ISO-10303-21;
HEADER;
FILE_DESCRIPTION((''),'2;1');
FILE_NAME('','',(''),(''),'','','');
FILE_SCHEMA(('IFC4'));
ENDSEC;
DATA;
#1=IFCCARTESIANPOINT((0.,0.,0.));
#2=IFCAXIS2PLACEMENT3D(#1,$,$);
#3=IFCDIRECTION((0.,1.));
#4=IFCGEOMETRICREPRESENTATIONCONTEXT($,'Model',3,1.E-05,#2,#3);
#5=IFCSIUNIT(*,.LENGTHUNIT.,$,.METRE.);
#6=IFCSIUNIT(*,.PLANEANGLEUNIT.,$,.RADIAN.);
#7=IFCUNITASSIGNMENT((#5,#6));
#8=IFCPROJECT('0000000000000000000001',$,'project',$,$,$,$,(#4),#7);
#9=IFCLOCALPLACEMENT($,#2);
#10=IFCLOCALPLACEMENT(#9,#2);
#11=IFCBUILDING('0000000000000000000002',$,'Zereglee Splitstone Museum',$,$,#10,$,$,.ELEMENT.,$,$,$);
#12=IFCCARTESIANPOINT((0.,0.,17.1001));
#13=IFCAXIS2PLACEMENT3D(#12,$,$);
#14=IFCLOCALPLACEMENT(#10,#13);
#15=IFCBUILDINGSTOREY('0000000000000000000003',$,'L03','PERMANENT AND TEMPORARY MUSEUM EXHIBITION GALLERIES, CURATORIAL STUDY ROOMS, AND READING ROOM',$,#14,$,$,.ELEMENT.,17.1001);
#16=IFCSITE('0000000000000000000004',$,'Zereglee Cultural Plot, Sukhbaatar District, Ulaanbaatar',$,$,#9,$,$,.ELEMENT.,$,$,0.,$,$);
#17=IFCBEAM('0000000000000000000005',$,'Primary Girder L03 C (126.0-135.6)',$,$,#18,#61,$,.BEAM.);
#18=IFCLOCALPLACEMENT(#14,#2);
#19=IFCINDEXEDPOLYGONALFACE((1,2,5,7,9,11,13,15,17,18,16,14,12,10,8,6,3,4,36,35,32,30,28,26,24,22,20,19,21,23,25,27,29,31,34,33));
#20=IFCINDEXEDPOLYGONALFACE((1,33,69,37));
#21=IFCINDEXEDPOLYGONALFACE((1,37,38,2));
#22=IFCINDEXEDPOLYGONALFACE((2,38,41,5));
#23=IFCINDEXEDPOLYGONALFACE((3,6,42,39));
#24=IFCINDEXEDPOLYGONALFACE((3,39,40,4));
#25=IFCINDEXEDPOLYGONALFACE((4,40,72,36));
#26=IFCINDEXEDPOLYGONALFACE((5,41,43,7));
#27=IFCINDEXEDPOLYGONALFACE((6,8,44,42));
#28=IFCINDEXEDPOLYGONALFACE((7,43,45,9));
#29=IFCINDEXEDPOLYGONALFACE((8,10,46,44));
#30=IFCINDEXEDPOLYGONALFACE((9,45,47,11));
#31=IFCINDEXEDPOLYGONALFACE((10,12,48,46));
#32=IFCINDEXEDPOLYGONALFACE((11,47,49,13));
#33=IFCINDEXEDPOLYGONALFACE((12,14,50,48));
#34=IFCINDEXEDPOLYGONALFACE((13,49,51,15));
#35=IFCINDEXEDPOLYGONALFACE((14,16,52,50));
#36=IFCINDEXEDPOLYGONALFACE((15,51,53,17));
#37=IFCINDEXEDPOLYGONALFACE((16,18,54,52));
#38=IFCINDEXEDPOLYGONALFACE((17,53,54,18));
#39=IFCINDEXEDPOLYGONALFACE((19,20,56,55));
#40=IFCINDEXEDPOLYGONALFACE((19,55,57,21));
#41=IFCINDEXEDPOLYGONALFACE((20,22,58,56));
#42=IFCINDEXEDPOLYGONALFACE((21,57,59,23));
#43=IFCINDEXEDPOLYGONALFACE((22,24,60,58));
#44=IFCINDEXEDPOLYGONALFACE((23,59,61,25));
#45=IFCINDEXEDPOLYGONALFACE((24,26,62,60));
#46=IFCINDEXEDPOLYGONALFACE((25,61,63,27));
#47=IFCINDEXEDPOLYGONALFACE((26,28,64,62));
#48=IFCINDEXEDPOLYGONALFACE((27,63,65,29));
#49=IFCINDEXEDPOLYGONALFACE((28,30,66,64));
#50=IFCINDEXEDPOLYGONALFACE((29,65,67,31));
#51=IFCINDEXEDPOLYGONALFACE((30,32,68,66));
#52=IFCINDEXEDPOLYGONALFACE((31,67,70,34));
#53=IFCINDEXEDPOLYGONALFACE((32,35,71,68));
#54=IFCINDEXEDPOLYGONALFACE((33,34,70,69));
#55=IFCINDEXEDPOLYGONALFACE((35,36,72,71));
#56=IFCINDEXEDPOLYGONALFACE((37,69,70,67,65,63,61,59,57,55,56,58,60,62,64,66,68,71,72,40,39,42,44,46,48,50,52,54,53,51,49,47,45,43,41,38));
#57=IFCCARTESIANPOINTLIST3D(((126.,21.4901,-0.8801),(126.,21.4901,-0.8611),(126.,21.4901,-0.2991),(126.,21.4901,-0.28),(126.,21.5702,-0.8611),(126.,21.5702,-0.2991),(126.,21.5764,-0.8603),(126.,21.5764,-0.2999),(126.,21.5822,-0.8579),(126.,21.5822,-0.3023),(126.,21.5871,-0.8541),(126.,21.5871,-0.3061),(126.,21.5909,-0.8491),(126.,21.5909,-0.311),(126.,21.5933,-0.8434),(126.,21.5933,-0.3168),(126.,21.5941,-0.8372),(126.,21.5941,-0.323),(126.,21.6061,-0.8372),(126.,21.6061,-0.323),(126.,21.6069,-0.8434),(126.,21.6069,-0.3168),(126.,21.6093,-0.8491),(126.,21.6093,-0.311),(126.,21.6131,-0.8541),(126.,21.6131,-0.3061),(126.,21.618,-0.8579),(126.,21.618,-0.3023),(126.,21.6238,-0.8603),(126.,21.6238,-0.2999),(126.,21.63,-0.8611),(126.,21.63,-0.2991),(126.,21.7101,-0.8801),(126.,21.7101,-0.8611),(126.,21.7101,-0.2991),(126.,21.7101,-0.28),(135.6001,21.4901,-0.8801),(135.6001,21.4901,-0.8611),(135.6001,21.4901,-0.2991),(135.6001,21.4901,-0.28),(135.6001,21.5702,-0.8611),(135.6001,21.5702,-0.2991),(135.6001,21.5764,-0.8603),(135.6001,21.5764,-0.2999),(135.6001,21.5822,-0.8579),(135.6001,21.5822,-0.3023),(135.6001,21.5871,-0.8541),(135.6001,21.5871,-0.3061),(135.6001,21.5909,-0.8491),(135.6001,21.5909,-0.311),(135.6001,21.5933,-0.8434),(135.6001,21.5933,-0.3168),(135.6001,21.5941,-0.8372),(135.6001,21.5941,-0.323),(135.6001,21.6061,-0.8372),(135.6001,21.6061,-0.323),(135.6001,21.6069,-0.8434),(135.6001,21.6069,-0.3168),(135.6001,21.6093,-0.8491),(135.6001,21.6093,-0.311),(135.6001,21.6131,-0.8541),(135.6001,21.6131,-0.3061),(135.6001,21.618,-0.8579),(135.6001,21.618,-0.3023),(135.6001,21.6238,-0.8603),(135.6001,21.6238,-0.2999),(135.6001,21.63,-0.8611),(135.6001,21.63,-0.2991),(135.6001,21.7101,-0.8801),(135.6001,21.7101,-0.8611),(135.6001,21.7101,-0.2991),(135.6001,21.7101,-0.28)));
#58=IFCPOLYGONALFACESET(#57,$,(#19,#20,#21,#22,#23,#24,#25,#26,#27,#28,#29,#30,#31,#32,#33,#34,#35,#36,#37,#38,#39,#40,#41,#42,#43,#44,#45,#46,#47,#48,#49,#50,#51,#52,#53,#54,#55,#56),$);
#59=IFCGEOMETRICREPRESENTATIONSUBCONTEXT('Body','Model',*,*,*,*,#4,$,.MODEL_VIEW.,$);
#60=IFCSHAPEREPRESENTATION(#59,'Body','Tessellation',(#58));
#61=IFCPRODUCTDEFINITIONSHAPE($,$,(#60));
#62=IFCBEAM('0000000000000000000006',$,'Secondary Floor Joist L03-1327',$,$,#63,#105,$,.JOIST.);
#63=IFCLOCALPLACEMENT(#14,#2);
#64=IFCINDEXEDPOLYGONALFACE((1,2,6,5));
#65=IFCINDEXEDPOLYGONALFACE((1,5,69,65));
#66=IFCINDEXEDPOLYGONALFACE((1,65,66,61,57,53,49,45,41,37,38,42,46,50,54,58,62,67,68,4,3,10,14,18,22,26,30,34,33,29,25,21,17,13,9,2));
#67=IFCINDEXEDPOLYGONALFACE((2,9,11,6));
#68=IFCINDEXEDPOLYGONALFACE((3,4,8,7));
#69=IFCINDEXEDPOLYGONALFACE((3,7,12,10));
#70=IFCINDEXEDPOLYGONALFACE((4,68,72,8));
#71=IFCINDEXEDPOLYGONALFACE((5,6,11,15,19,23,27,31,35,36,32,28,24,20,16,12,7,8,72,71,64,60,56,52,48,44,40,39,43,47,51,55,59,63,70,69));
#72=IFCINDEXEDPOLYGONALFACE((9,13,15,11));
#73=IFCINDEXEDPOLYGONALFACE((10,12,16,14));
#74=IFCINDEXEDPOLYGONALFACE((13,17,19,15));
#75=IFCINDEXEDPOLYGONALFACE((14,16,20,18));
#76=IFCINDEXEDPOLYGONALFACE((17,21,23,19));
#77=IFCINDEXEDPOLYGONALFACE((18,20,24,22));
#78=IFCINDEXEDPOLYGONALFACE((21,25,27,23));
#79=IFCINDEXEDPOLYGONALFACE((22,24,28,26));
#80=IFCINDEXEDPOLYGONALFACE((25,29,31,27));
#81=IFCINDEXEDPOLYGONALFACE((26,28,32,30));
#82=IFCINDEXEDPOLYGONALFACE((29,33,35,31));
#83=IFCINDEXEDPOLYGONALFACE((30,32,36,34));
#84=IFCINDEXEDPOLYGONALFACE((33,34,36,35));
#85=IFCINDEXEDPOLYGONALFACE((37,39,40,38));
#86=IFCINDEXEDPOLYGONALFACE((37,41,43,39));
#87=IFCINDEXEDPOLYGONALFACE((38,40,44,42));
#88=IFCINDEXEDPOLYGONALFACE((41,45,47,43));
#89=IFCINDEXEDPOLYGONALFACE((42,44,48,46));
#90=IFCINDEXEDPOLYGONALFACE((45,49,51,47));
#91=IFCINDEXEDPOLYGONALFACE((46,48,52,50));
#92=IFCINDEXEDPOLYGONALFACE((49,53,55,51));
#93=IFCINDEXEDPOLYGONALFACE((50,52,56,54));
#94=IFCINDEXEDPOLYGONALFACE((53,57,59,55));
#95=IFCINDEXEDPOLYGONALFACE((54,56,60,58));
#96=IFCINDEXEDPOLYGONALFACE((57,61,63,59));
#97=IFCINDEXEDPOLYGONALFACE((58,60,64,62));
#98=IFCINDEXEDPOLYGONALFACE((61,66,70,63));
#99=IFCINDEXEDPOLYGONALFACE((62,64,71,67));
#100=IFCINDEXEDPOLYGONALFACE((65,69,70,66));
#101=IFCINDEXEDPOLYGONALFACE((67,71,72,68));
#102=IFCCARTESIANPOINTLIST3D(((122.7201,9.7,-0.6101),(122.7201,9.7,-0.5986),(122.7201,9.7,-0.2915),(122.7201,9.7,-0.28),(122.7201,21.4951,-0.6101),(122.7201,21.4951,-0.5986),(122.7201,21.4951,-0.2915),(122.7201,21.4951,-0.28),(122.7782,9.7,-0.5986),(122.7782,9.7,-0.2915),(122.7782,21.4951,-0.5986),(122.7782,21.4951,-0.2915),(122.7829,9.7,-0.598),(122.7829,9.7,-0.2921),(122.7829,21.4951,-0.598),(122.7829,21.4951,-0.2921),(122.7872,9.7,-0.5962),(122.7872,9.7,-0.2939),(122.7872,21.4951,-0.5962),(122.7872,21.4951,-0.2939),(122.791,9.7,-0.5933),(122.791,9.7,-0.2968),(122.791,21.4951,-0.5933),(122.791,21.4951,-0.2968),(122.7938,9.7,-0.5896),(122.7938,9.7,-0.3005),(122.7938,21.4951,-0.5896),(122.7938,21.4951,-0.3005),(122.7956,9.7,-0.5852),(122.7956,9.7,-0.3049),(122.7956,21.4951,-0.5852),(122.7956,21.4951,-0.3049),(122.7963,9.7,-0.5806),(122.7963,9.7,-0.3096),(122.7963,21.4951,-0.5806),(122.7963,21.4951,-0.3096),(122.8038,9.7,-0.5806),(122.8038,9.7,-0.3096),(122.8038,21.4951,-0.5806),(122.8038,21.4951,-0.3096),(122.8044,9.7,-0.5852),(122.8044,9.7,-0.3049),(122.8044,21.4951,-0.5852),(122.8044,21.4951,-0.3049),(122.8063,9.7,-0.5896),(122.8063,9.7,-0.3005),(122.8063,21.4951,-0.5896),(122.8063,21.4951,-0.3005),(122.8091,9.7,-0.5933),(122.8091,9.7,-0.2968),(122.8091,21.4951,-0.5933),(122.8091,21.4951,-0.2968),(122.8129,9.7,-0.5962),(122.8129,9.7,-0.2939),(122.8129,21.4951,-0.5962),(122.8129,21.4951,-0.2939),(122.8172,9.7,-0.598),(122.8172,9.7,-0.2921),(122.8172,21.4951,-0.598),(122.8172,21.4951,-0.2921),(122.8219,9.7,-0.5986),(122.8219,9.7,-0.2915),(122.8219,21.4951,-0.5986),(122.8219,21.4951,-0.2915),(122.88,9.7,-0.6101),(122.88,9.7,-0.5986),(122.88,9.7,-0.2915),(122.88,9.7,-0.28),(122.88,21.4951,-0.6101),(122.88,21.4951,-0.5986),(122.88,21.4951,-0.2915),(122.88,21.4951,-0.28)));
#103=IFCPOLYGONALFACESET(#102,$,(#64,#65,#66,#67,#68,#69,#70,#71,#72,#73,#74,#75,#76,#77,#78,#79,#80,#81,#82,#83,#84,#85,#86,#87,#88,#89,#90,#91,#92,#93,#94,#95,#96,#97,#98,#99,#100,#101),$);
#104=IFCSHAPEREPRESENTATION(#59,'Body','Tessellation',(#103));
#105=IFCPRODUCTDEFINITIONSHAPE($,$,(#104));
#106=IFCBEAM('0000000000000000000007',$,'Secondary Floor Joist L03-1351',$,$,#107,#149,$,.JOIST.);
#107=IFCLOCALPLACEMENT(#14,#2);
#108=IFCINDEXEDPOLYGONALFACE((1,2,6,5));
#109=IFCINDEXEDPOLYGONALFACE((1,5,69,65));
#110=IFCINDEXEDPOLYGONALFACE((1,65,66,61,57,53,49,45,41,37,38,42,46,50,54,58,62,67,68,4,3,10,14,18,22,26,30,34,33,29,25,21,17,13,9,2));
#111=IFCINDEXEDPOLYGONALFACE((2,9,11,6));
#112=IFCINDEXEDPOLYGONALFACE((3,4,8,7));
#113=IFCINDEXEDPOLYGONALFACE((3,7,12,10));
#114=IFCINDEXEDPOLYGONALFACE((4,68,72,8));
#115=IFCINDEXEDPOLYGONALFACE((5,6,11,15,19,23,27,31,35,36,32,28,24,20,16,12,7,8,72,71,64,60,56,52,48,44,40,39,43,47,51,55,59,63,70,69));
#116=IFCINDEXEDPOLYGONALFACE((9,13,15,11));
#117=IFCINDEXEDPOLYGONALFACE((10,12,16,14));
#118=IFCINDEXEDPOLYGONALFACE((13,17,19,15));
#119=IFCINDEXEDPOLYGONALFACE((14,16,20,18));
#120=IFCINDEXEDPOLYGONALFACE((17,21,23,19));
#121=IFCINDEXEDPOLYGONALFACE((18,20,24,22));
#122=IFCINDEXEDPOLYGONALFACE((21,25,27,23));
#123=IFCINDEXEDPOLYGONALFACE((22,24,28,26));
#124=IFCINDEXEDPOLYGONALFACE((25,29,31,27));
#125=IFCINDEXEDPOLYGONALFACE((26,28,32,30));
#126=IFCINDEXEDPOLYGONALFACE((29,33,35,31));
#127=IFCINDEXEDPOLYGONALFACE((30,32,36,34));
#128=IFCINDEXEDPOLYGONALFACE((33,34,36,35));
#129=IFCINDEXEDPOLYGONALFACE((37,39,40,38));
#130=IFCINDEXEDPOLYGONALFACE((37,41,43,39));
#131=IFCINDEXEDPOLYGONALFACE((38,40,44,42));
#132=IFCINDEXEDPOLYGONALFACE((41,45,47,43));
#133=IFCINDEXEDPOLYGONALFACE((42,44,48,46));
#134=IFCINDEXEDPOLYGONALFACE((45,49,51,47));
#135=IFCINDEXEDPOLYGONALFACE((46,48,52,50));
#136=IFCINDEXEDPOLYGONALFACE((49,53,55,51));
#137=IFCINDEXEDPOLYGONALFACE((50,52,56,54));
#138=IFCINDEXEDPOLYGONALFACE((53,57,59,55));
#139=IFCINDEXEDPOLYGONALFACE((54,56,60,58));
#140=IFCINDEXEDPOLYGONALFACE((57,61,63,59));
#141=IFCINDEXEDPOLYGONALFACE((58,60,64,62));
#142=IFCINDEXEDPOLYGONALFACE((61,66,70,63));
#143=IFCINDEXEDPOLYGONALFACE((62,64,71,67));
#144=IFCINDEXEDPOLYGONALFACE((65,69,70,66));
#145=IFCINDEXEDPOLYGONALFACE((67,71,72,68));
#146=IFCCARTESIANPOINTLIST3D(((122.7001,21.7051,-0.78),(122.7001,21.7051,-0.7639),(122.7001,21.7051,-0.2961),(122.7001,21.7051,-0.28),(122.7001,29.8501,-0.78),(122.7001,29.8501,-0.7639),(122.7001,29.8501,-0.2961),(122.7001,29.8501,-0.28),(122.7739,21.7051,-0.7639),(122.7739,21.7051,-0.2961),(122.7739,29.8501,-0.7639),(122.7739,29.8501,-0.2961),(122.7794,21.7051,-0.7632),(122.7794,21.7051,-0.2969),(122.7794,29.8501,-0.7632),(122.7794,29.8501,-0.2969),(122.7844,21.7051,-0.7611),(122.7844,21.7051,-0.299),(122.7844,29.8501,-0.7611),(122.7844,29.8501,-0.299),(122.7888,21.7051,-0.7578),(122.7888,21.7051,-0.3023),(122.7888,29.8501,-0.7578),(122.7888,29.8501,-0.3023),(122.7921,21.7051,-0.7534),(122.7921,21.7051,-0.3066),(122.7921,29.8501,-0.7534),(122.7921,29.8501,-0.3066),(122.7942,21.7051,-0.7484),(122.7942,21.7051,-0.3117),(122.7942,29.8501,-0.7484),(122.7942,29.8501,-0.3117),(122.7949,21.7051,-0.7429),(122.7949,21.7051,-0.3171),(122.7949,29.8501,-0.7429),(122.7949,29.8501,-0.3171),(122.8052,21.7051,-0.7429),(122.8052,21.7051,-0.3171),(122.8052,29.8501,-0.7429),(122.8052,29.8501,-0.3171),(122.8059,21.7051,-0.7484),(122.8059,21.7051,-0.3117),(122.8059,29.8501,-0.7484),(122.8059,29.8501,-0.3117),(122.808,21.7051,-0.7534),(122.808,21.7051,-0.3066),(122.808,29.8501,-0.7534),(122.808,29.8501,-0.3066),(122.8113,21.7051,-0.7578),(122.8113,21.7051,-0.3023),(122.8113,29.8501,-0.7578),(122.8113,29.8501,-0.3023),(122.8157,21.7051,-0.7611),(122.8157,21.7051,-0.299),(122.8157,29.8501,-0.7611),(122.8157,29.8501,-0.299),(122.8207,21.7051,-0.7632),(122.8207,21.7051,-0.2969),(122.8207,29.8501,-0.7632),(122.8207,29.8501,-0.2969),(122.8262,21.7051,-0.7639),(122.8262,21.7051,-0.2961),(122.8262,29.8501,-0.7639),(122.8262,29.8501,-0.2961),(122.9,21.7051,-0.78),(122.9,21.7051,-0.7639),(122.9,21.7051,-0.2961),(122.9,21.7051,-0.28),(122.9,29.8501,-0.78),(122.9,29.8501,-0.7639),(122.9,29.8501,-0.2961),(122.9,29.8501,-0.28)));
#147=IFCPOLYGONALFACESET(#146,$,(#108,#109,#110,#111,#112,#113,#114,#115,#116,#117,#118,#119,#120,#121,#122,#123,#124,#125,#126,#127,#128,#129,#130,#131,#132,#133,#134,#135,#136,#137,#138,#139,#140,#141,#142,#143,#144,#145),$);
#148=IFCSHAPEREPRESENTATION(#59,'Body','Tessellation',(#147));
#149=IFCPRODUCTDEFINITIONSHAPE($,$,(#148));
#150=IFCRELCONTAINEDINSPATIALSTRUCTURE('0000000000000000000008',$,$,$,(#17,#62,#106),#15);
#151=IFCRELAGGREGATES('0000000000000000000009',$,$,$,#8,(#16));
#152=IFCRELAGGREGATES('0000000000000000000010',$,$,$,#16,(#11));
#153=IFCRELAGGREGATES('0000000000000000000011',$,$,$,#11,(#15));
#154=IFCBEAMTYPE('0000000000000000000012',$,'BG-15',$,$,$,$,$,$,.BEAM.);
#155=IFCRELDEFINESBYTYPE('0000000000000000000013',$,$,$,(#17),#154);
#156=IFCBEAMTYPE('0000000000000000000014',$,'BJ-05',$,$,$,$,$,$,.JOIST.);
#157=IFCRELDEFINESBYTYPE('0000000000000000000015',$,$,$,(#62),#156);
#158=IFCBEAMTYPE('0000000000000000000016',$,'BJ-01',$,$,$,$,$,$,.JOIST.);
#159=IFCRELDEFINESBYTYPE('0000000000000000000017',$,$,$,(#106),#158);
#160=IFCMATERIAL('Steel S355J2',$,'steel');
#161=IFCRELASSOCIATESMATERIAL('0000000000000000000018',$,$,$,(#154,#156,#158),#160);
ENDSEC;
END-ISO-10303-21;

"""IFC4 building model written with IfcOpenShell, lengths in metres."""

from ifc_helpers import new_model, si_unit, direction, frame, origin, origin_2d, place, context, subcontext, project, spatial, i_section, extrude, material, material_profile, profile_set, type_object, element, save


model = new_model("IFC4")

# Units and contexts
model_context = context("Model", 3, precision=1e-05, world=origin(), true_north=direction((0.0, 1.0)))
body_context = subcontext(model_context, "Body", "Model", "MODEL_VIEW")
ifc_project = project(units=[si_unit("LENGTHUNIT", "METRE"), si_unit("PLANEANGLEUNIT", "RADIAN")], contexts=[model_context])

# Site, building, storey
site_placement = place(None, origin())
site = spatial("IfcSite", under=ifc_project, at=site_placement, Name="Zereglee Cultural Plot, Sukhbaatar District, Ulaanbaatar", CompositionType="ELEMENT", RefElevation=0.0)
building_placement = place(site_placement, origin())
building = spatial("IfcBuilding", under=site, at=building_placement, Name="Zereglee Splitstone Museum", CompositionType="ELEMENT")
storey_placement = place(building_placement, frame((0.0, 0.0, 17.1001)))
storey = spatial("IfcBuildingStorey", under=building, at=storey_placement, Name="L03", Description="PERMANENT AND TEMPORARY MUSEUM EXHIBITION GALLERIES, CURATORIAL STUDY ROOMS, AND READING ROOM", CompositionType="ELEMENT", Elevation=17.1001)

# Beams
ifc_material_1 = material(Name="Steel S355J2", Category="steel")
ifc_material_profile_1 = material_profile(ifc_material_1, i_section(OverallWidth=0.22, OverallDepth=0.6001, WebThickness=0.012, FlangeThickness=0.019, FilletRadius=0.0239, at=origin_2d()), Name="IPE 600")
ifc_profile_set_1 = profile_set([ifc_material_profile_1], Name="Steel S355J2")
beam_type_1 = type_object("IfcBeamType", Name="BG-15", PredefinedType="BEAM", material=ifc_profile_set_1)
beam_1_placement = place(storey_placement, frame((126.0, 21.6001, -0.5801), z_axis=(1.0, 0.0, 0.0), x_axis=(0.0, 1.0, 0.0)))
element("IfcBeam", 1, at=beam_1_placement, inside=storey, type_object=beam_type_1, Name="Primary Girder L03 C (126.0-135.6)", PredefinedType="BEAM", context=body_context, shape_type="SweptSolid", body=[
    extrude(i_section(OverallWidth=0.22, OverallDepth=0.6001, WebThickness=0.012, FlangeThickness=0.019, FilletRadius=0.0239, at=origin_2d()), origin(), (0.0, 0.0, 1.0), 9.6001),
])
ifc_material_profile_2 = material_profile(ifc_material_1, i_section(OverallWidth=0.1599, OverallDepth=0.3301, WebThickness=0.0076, FlangeThickness=0.0115, FilletRadius=0.0181, at=origin_2d()), Name="IPE 330")
ifc_profile_set_2 = profile_set([ifc_material_profile_2], Name="Steel S355J2")
beam_type_2 = type_object("IfcBeamType", Name="BJ-05", PredefinedType="JOIST", material=ifc_profile_set_2)
beam_2_placement = place(storey_placement, frame((122.8, 9.7, -0.4451), z_axis=(0.0, 1.0, 0.0), x_axis=(-1.0, 0.0, 0.0)))
element("IfcBeam", 2, at=beam_2_placement, inside=storey, type_object=beam_type_2, Name="Secondary Floor Joist L03-1327", PredefinedType="JOIST", context=body_context, shape_type="SweptSolid", body=[
    extrude(i_section(OverallWidth=0.1599, OverallDepth=0.3301, WebThickness=0.0076, FlangeThickness=0.0115, FilletRadius=0.0181, at=origin_2d()), origin(), (0.0, 0.0, 1.0), 11.7952),
])
ifc_material_profile_3 = material_profile(ifc_material_1, i_section(OverallWidth=0.2, OverallDepth=0.5, WebThickness=0.0103, FlangeThickness=0.0161, FilletRadius=0.021, at=origin_2d()), Name="IPE 500")
ifc_profile_set_3 = profile_set([ifc_material_profile_3], Name="Steel S355J2")
beam_type_3 = type_object("IfcBeamType", Name="BJ-01", PredefinedType="JOIST", material=ifc_profile_set_3)
beam_3_placement = place(storey_placement, frame((122.8, 21.7051, -0.53), z_axis=(0.0, 1.0, 0.0), x_axis=(-1.0, 0.0, 0.0)))
element("IfcBeam", 3, at=beam_3_placement, inside=storey, type_object=beam_type_3, Name="Secondary Floor Joist L03-1351", PredefinedType="JOIST", context=body_context, shape_type="SweptSolid", body=[
    extrude(i_section(OverallWidth=0.2, OverallDepth=0.5, WebThickness=0.0103, FlangeThickness=0.0161, FilletRadius=0.021, at=origin_2d()), origin(), (0.0, 0.0, 1.0), 8.145),
])

save(model, "model.ifc")
